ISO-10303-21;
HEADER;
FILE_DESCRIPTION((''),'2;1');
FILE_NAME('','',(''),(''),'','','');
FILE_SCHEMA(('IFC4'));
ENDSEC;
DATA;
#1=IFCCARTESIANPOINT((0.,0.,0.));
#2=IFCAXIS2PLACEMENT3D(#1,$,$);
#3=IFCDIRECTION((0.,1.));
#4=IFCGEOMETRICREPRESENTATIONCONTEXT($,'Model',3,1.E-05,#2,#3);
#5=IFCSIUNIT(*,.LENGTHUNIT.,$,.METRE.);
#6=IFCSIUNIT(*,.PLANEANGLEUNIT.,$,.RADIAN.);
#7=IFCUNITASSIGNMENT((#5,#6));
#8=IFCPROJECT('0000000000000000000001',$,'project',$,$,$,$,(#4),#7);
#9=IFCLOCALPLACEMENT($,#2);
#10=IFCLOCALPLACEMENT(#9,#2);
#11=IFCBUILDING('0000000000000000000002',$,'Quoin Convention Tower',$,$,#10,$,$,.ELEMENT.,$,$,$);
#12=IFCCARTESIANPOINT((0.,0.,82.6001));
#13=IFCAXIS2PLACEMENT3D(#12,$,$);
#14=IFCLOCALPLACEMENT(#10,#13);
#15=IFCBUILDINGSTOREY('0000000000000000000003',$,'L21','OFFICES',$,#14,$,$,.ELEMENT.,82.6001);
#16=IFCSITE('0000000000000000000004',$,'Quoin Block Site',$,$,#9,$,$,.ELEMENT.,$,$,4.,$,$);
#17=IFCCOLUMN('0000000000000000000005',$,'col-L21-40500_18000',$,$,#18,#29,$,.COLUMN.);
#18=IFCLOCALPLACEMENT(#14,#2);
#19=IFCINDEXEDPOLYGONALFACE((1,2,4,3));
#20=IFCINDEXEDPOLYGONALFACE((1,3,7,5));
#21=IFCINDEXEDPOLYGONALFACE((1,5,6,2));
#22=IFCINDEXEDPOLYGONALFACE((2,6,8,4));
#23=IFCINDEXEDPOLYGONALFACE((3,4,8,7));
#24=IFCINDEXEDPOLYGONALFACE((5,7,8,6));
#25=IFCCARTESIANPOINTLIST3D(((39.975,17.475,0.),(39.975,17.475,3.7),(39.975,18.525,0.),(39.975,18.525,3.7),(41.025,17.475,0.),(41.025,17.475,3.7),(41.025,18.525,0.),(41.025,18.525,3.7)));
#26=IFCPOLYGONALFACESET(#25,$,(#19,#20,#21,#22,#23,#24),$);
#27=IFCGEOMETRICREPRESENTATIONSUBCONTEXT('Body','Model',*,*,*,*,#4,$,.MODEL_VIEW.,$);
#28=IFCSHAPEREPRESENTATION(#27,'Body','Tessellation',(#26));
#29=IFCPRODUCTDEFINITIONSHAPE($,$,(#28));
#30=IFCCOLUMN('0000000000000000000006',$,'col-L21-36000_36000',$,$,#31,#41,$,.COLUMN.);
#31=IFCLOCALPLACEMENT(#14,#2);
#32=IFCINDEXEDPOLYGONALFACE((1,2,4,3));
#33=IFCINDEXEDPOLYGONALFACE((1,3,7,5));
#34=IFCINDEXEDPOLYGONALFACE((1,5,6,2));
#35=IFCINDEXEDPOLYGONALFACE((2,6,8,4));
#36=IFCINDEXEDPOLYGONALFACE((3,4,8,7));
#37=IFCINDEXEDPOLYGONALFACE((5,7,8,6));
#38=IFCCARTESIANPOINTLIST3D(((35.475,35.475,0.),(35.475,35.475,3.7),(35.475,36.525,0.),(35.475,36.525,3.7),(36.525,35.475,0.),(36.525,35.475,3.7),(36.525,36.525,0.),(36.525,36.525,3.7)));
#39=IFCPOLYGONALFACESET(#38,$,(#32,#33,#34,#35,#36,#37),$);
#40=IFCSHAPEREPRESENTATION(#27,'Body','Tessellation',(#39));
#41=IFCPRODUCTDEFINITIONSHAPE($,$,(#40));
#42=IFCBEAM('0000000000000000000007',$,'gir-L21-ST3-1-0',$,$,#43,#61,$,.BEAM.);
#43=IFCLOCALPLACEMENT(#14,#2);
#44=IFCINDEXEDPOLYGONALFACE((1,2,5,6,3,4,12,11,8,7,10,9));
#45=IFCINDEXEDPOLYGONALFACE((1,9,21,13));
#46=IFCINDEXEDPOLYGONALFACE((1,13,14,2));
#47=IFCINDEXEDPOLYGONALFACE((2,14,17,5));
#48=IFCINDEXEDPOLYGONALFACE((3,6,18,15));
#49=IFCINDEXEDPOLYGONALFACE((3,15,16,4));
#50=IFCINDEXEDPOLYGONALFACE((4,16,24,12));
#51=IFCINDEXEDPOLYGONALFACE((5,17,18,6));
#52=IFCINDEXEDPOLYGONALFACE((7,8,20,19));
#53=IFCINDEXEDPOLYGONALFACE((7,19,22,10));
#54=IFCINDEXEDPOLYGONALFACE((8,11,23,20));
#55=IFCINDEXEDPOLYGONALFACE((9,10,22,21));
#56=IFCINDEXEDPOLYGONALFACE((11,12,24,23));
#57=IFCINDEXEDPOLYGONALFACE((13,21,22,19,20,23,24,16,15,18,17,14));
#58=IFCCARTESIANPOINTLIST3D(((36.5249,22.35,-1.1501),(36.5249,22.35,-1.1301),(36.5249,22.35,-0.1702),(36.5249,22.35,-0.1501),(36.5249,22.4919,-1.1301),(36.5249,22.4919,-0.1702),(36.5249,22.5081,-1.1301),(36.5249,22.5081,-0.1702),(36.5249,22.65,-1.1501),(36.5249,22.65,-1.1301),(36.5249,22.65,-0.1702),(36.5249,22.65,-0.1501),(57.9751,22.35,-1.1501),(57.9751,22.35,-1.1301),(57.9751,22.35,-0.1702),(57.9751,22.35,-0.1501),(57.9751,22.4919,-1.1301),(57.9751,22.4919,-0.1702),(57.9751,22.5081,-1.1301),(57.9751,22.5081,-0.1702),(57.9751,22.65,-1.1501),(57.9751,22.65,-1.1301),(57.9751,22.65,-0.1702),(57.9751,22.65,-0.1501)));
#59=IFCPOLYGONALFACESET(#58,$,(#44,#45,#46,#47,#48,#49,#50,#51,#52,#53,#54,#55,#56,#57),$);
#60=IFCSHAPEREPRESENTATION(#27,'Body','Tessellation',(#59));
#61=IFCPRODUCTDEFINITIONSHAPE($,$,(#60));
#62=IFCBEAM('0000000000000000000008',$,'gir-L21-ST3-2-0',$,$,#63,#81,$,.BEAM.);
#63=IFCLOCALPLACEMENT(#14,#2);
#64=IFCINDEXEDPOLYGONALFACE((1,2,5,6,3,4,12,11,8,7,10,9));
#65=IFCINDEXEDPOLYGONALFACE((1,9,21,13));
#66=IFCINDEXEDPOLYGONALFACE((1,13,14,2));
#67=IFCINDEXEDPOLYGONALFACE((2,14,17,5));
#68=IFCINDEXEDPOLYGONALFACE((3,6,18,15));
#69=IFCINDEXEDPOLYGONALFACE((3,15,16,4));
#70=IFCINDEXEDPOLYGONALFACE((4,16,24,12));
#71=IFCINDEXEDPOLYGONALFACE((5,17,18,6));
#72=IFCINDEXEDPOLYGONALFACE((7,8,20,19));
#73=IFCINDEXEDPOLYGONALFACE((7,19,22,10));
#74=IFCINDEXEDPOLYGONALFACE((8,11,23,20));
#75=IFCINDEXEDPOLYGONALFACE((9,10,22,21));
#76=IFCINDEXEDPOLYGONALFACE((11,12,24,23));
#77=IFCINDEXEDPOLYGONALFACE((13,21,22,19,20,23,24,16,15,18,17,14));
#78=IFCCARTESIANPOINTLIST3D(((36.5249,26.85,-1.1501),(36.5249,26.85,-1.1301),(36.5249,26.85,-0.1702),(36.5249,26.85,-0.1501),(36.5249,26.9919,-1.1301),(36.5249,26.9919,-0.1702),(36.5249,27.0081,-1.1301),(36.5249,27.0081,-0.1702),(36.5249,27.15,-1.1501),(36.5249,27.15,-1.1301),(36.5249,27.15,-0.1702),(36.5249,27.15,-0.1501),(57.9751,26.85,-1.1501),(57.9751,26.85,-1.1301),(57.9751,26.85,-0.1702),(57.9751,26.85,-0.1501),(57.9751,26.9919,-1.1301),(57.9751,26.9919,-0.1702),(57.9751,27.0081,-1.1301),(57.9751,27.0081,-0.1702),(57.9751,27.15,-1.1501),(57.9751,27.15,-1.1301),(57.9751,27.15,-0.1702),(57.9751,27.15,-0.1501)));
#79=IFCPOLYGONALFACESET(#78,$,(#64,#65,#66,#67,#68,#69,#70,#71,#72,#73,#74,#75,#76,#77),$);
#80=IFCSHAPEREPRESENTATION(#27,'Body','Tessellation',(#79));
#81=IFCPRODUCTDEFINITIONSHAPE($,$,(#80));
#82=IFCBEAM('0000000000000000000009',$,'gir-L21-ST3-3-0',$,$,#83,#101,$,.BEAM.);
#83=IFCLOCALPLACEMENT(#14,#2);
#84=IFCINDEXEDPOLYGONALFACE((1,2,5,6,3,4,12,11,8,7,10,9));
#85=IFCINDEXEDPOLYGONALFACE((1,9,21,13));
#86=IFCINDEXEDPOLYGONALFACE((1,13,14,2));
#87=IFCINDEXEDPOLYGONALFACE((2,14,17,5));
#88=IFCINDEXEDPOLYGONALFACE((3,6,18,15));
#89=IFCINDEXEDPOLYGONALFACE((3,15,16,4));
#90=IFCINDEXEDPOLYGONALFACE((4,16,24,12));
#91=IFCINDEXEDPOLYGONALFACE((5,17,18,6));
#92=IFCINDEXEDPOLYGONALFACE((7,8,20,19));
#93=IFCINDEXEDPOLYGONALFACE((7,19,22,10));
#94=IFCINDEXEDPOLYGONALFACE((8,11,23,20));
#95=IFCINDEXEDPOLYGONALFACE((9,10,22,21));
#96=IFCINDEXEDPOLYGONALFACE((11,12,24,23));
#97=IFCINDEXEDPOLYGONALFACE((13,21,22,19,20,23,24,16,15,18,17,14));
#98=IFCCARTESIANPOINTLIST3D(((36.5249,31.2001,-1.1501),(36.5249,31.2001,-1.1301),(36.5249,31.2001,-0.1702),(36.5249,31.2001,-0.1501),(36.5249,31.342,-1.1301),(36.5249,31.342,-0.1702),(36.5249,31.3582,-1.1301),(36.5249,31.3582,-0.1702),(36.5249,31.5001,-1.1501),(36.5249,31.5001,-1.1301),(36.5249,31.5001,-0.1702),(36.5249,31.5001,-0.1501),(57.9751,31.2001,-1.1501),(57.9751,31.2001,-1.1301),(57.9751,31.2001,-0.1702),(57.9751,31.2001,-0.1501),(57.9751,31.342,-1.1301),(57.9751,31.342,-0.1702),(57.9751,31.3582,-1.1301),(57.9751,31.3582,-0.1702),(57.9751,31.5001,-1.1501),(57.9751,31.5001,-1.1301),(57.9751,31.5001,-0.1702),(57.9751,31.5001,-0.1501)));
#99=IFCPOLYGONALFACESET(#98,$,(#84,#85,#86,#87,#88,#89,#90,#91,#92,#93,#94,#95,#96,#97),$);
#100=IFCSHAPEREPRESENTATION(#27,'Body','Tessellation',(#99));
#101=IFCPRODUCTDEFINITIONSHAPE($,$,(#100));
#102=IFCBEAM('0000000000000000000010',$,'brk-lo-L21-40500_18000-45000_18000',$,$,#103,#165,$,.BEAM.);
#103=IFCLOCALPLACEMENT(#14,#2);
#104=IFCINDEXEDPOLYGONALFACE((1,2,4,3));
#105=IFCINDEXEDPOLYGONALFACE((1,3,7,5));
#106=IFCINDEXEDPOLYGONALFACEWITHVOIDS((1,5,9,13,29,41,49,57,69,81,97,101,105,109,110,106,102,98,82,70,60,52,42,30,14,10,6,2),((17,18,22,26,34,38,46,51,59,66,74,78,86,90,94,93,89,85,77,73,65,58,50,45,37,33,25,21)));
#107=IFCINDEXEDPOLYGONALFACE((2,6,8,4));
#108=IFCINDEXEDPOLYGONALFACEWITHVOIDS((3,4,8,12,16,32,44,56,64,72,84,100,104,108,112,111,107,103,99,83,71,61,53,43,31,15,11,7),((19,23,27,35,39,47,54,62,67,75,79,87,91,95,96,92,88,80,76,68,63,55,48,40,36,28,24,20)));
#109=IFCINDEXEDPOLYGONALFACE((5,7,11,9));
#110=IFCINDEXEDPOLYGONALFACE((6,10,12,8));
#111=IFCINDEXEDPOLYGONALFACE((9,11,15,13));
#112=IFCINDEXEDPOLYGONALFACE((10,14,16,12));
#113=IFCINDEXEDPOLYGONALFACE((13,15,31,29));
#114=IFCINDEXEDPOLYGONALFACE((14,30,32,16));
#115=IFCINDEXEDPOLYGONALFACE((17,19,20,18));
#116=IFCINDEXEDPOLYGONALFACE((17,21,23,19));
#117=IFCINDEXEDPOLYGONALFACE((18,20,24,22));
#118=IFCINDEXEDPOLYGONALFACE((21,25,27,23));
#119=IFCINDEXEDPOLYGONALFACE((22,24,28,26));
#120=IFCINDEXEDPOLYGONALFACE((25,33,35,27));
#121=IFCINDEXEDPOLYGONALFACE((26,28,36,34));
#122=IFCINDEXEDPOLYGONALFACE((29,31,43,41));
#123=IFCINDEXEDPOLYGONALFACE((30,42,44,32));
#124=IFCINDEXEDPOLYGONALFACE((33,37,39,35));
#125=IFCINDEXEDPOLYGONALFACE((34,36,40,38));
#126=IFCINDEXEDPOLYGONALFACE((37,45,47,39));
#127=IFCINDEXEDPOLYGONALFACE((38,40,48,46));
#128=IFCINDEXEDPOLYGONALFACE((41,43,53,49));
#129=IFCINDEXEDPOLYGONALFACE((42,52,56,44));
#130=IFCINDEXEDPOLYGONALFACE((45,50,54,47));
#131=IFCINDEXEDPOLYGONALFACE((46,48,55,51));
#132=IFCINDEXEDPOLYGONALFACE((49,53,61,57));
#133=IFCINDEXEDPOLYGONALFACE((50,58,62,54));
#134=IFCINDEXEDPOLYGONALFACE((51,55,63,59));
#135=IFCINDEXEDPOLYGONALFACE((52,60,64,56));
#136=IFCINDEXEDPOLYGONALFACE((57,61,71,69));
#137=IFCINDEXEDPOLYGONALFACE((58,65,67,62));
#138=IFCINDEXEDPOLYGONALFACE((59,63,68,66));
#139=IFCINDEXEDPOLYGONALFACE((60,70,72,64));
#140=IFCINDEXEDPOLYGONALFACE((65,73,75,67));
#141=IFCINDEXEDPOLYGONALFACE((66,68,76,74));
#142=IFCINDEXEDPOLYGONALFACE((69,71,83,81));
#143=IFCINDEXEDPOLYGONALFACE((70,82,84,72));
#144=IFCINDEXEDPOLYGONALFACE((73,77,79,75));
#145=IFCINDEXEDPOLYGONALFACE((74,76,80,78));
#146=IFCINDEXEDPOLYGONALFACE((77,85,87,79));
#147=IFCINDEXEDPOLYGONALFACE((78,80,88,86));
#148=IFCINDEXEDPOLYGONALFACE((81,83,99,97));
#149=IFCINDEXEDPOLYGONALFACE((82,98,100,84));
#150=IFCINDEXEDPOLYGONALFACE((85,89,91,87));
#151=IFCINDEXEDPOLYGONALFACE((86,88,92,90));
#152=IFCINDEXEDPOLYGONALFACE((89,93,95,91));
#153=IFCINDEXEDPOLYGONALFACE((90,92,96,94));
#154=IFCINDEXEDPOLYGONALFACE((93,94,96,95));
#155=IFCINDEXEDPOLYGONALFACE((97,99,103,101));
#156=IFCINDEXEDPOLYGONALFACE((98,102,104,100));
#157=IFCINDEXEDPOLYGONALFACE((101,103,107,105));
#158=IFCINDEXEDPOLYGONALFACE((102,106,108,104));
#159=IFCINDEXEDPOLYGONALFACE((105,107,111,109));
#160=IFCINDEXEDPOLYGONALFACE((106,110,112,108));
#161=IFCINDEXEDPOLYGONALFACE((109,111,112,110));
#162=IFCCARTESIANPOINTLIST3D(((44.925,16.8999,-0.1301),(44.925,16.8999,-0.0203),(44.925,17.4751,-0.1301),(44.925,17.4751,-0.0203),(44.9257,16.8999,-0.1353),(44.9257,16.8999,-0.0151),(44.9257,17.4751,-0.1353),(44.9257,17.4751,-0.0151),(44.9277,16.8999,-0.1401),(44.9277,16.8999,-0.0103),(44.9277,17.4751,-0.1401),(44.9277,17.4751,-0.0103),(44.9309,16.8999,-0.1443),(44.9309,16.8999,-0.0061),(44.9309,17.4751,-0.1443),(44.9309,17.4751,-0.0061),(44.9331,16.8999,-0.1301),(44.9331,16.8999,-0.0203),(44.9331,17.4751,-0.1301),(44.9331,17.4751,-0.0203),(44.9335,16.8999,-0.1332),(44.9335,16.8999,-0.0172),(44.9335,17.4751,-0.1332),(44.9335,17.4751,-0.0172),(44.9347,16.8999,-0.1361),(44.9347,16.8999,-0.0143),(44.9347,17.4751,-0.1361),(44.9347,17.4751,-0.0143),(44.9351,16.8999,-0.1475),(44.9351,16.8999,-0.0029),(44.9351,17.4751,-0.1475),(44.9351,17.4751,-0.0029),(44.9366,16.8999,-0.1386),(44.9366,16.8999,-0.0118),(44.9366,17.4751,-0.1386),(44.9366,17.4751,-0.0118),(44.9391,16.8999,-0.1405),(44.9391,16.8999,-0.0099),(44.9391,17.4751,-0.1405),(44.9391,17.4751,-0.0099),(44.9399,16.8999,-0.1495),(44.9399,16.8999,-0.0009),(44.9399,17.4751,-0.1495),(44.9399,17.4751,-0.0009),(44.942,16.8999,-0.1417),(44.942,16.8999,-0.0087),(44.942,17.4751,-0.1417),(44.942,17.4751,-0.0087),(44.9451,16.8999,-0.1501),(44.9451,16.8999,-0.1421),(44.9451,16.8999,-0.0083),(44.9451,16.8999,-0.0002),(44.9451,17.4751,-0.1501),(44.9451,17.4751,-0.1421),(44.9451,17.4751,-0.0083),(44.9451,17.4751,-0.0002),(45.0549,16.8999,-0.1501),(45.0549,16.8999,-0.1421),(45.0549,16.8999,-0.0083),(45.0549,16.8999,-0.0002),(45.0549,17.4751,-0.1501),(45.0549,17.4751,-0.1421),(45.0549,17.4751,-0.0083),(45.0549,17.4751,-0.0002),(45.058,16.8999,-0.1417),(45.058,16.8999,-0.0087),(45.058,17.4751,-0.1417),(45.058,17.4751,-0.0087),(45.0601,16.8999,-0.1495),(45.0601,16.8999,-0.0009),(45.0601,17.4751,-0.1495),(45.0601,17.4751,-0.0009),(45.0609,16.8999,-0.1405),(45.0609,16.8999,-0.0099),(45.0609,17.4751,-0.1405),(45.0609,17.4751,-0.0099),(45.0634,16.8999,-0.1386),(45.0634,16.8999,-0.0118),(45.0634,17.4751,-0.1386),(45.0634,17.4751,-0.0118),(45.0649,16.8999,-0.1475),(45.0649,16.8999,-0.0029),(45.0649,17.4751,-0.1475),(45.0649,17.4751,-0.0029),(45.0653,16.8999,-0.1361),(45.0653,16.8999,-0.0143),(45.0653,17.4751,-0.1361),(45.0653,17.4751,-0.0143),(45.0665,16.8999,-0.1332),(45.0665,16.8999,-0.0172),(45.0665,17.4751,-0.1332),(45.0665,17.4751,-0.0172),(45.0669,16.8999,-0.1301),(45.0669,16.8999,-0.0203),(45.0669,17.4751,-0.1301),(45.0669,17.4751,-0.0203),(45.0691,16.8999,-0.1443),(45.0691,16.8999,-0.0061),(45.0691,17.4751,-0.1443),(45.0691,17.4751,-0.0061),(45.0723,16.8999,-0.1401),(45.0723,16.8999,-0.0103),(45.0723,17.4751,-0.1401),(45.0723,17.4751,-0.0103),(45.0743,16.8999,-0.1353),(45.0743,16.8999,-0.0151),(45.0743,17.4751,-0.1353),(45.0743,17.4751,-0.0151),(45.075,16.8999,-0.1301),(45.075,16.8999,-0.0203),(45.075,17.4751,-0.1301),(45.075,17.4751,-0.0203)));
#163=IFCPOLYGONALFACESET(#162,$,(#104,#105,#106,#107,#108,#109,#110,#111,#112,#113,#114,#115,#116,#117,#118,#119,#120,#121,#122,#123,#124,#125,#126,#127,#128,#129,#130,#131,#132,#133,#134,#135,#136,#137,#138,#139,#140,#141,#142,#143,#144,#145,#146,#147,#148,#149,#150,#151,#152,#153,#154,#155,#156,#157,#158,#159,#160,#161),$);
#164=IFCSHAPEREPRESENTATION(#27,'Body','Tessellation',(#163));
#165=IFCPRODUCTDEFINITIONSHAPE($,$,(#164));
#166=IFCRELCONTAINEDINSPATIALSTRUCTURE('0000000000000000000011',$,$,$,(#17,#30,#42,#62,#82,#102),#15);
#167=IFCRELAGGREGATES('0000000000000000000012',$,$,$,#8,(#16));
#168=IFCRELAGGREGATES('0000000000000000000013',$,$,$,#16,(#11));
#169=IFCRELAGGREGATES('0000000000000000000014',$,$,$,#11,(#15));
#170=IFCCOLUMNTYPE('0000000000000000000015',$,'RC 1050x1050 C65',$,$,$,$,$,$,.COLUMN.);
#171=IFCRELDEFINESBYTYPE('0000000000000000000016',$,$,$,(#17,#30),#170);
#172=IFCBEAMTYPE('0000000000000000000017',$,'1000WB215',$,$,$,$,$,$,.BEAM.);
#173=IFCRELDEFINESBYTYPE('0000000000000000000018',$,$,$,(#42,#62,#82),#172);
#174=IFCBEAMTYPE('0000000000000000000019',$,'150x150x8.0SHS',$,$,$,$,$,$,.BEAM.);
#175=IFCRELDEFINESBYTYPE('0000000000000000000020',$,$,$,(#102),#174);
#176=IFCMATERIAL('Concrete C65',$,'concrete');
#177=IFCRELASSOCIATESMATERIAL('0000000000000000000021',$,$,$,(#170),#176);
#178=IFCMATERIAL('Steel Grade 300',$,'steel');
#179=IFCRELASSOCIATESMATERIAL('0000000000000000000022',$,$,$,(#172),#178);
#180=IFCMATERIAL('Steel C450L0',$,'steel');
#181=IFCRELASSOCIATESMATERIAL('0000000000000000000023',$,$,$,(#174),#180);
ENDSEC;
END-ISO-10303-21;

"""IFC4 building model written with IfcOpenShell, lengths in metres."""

from ifc_helpers import new_model, si_unit, direction, frame, origin, origin_2d, place, context, subcontext, project, spatial, rectangle, hollow_rectangle, i_section, extrude, material, material_profile, profile_set, type_object, element, save


model = new_model("IFC4")

# Units and contexts
model_context = context("Model", 3, precision=1e-05, world=origin(), true_north=direction((0.0, 1.0)))
body_context = subcontext(model_context, "Body", "Model", "MODEL_VIEW")
ifc_project = project(units=[si_unit("LENGTHUNIT", "METRE"), si_unit("PLANEANGLEUNIT", "RADIAN")], contexts=[model_context])

# Site, building, storey
site_placement = place(None, origin())
site = spatial("IfcSite", under=ifc_project, at=site_placement, Name="Quoin Block Site", CompositionType="ELEMENT", RefElevation=4.0)
building_placement = place(site_placement, origin())
building = spatial("IfcBuilding", under=site, at=building_placement, Name="Quoin Convention Tower", CompositionType="ELEMENT")
storey_placement = place(building_placement, frame((0.0, 0.0, 82.6001)))
storey = spatial("IfcBuildingStorey", under=building, at=storey_placement, Name="L21", Description="OFFICES", CompositionType="ELEMENT", Elevation=82.6001)

# Columns
ifc_material_1 = material(Name="Concrete C65", Category="concrete")
ifc_material_profile_1 = material_profile(ifc_material_1, rectangle(XDim=1.05, YDim=1.05, at=origin_2d()), Name="RC 1050x1050")
ifc_profile_set_1 = profile_set([ifc_material_profile_1], Name="Concrete C65")
column_type = type_object("IfcColumnType", Name="RC 1050x1050 C65", PredefinedType="COLUMN", material=ifc_profile_set_1)
for number, where, z_axis, x_axis, name in (
    (1, (40.5, 18.0, 0.0), (0.0, 0.0, 1.0), (1.0, 0.0, 0.0), "col-L21-40500_18000"),
    (2, (36.0, 36.0, 0.0), (0.0, 0.0, 1.0), (1.0, 0.0, 0.0), "col-L21-36000_36000"),
):
    element("IfcColumn", number, at=place(storey_placement, frame(where, z_axis=z_axis, x_axis=x_axis)), inside=storey, type_object=column_type, Name=name, PredefinedType="COLUMN", context=body_context, shape_type="SweptSolid", body=[
        extrude(rectangle(XDim=1.05, YDim=1.05, at=origin_2d()), origin(), (0.0, 0.0, 1.0), 3.7),
    ])

# Beams
ifc_material_2 = material(Name="Steel Grade 300", Category="steel")
ifc_material_profile_2 = material_profile(ifc_material_2, i_section(OverallWidth=0.3, OverallDepth=1.0, WebThickness=0.0161, FlangeThickness=0.02, at=origin_2d()), Name="1000WB215")
ifc_profile_set_2 = profile_set([ifc_material_profile_2], Name="Steel Grade 300")
beam_type_1 = type_object("IfcBeamType", Name="1000WB215", PredefinedType="BEAM", material=ifc_profile_set_2)
for number, where, z_axis, x_axis, name in (
    (3, (36.5249, 22.5, -0.6501), (1.0, 0.0, 0.0), (0.0, 1.0, 0.0), "gir-L21-ST3-1-0"),
    (4, (36.5249, 27.0, -0.6501), (1.0, 0.0, 0.0), (0.0, 1.0, 0.0), "gir-L21-ST3-2-0"),
    (5, (36.5249, 31.3501, -0.6501), (1.0, 0.0, 0.0), (0.0, 1.0, 0.0), "gir-L21-ST3-3-0"),
):
    element("IfcBeam", number, at=place(storey_placement, frame(where, z_axis=z_axis, x_axis=x_axis)), inside=storey, type_object=beam_type_1, Name=name, PredefinedType="BEAM", context=body_context, shape_type="SweptSolid", body=[
        extrude(i_section(OverallWidth=0.3, OverallDepth=1.0, WebThickness=0.0161, FlangeThickness=0.02, at=origin_2d()), origin(), (0.0, 0.0, 1.0), 21.4502),
    ])
ifc_material_3 = material(Name="Steel C450L0", Category="steel")
ifc_material_profile_3 = material_profile(ifc_material_3, hollow_rectangle(XDim=0.1499, YDim=0.1499, WallThickness=0.0081, InnerFilletRadius=0.012, OuterFilletRadius=0.02, at=origin_2d()), Name="150x150x8.0SHS")
ifc_profile_set_3 = profile_set([ifc_material_profile_3], Name="Steel C450L0")
beam_type_2 = type_object("IfcBeamType", Name="150x150x8.0SHS", PredefinedType="BEAM", material=ifc_profile_set_3)
beam_1_placement = place(storey_placement, frame((45.0, 17.4751, -0.0752), z_axis=(0.0, -1.0, 0.0), x_axis=(1.0, 0.0, 0.0)))
element("IfcBeam", 6, at=beam_1_placement, inside=storey, type_object=beam_type_2, Name="brk-lo-L21-40500_18000-45000_18000", PredefinedType="BEAM", context=body_context, shape_type="SweptSolid", body=[
    extrude(hollow_rectangle(XDim=0.1499, YDim=0.1499, WallThickness=0.0081, InnerFilletRadius=0.012, OuterFilletRadius=0.02, at=origin_2d()), origin(), (0.0, 0.0, 1.0), 0.5752),
])

save(model, "model.ifc")
